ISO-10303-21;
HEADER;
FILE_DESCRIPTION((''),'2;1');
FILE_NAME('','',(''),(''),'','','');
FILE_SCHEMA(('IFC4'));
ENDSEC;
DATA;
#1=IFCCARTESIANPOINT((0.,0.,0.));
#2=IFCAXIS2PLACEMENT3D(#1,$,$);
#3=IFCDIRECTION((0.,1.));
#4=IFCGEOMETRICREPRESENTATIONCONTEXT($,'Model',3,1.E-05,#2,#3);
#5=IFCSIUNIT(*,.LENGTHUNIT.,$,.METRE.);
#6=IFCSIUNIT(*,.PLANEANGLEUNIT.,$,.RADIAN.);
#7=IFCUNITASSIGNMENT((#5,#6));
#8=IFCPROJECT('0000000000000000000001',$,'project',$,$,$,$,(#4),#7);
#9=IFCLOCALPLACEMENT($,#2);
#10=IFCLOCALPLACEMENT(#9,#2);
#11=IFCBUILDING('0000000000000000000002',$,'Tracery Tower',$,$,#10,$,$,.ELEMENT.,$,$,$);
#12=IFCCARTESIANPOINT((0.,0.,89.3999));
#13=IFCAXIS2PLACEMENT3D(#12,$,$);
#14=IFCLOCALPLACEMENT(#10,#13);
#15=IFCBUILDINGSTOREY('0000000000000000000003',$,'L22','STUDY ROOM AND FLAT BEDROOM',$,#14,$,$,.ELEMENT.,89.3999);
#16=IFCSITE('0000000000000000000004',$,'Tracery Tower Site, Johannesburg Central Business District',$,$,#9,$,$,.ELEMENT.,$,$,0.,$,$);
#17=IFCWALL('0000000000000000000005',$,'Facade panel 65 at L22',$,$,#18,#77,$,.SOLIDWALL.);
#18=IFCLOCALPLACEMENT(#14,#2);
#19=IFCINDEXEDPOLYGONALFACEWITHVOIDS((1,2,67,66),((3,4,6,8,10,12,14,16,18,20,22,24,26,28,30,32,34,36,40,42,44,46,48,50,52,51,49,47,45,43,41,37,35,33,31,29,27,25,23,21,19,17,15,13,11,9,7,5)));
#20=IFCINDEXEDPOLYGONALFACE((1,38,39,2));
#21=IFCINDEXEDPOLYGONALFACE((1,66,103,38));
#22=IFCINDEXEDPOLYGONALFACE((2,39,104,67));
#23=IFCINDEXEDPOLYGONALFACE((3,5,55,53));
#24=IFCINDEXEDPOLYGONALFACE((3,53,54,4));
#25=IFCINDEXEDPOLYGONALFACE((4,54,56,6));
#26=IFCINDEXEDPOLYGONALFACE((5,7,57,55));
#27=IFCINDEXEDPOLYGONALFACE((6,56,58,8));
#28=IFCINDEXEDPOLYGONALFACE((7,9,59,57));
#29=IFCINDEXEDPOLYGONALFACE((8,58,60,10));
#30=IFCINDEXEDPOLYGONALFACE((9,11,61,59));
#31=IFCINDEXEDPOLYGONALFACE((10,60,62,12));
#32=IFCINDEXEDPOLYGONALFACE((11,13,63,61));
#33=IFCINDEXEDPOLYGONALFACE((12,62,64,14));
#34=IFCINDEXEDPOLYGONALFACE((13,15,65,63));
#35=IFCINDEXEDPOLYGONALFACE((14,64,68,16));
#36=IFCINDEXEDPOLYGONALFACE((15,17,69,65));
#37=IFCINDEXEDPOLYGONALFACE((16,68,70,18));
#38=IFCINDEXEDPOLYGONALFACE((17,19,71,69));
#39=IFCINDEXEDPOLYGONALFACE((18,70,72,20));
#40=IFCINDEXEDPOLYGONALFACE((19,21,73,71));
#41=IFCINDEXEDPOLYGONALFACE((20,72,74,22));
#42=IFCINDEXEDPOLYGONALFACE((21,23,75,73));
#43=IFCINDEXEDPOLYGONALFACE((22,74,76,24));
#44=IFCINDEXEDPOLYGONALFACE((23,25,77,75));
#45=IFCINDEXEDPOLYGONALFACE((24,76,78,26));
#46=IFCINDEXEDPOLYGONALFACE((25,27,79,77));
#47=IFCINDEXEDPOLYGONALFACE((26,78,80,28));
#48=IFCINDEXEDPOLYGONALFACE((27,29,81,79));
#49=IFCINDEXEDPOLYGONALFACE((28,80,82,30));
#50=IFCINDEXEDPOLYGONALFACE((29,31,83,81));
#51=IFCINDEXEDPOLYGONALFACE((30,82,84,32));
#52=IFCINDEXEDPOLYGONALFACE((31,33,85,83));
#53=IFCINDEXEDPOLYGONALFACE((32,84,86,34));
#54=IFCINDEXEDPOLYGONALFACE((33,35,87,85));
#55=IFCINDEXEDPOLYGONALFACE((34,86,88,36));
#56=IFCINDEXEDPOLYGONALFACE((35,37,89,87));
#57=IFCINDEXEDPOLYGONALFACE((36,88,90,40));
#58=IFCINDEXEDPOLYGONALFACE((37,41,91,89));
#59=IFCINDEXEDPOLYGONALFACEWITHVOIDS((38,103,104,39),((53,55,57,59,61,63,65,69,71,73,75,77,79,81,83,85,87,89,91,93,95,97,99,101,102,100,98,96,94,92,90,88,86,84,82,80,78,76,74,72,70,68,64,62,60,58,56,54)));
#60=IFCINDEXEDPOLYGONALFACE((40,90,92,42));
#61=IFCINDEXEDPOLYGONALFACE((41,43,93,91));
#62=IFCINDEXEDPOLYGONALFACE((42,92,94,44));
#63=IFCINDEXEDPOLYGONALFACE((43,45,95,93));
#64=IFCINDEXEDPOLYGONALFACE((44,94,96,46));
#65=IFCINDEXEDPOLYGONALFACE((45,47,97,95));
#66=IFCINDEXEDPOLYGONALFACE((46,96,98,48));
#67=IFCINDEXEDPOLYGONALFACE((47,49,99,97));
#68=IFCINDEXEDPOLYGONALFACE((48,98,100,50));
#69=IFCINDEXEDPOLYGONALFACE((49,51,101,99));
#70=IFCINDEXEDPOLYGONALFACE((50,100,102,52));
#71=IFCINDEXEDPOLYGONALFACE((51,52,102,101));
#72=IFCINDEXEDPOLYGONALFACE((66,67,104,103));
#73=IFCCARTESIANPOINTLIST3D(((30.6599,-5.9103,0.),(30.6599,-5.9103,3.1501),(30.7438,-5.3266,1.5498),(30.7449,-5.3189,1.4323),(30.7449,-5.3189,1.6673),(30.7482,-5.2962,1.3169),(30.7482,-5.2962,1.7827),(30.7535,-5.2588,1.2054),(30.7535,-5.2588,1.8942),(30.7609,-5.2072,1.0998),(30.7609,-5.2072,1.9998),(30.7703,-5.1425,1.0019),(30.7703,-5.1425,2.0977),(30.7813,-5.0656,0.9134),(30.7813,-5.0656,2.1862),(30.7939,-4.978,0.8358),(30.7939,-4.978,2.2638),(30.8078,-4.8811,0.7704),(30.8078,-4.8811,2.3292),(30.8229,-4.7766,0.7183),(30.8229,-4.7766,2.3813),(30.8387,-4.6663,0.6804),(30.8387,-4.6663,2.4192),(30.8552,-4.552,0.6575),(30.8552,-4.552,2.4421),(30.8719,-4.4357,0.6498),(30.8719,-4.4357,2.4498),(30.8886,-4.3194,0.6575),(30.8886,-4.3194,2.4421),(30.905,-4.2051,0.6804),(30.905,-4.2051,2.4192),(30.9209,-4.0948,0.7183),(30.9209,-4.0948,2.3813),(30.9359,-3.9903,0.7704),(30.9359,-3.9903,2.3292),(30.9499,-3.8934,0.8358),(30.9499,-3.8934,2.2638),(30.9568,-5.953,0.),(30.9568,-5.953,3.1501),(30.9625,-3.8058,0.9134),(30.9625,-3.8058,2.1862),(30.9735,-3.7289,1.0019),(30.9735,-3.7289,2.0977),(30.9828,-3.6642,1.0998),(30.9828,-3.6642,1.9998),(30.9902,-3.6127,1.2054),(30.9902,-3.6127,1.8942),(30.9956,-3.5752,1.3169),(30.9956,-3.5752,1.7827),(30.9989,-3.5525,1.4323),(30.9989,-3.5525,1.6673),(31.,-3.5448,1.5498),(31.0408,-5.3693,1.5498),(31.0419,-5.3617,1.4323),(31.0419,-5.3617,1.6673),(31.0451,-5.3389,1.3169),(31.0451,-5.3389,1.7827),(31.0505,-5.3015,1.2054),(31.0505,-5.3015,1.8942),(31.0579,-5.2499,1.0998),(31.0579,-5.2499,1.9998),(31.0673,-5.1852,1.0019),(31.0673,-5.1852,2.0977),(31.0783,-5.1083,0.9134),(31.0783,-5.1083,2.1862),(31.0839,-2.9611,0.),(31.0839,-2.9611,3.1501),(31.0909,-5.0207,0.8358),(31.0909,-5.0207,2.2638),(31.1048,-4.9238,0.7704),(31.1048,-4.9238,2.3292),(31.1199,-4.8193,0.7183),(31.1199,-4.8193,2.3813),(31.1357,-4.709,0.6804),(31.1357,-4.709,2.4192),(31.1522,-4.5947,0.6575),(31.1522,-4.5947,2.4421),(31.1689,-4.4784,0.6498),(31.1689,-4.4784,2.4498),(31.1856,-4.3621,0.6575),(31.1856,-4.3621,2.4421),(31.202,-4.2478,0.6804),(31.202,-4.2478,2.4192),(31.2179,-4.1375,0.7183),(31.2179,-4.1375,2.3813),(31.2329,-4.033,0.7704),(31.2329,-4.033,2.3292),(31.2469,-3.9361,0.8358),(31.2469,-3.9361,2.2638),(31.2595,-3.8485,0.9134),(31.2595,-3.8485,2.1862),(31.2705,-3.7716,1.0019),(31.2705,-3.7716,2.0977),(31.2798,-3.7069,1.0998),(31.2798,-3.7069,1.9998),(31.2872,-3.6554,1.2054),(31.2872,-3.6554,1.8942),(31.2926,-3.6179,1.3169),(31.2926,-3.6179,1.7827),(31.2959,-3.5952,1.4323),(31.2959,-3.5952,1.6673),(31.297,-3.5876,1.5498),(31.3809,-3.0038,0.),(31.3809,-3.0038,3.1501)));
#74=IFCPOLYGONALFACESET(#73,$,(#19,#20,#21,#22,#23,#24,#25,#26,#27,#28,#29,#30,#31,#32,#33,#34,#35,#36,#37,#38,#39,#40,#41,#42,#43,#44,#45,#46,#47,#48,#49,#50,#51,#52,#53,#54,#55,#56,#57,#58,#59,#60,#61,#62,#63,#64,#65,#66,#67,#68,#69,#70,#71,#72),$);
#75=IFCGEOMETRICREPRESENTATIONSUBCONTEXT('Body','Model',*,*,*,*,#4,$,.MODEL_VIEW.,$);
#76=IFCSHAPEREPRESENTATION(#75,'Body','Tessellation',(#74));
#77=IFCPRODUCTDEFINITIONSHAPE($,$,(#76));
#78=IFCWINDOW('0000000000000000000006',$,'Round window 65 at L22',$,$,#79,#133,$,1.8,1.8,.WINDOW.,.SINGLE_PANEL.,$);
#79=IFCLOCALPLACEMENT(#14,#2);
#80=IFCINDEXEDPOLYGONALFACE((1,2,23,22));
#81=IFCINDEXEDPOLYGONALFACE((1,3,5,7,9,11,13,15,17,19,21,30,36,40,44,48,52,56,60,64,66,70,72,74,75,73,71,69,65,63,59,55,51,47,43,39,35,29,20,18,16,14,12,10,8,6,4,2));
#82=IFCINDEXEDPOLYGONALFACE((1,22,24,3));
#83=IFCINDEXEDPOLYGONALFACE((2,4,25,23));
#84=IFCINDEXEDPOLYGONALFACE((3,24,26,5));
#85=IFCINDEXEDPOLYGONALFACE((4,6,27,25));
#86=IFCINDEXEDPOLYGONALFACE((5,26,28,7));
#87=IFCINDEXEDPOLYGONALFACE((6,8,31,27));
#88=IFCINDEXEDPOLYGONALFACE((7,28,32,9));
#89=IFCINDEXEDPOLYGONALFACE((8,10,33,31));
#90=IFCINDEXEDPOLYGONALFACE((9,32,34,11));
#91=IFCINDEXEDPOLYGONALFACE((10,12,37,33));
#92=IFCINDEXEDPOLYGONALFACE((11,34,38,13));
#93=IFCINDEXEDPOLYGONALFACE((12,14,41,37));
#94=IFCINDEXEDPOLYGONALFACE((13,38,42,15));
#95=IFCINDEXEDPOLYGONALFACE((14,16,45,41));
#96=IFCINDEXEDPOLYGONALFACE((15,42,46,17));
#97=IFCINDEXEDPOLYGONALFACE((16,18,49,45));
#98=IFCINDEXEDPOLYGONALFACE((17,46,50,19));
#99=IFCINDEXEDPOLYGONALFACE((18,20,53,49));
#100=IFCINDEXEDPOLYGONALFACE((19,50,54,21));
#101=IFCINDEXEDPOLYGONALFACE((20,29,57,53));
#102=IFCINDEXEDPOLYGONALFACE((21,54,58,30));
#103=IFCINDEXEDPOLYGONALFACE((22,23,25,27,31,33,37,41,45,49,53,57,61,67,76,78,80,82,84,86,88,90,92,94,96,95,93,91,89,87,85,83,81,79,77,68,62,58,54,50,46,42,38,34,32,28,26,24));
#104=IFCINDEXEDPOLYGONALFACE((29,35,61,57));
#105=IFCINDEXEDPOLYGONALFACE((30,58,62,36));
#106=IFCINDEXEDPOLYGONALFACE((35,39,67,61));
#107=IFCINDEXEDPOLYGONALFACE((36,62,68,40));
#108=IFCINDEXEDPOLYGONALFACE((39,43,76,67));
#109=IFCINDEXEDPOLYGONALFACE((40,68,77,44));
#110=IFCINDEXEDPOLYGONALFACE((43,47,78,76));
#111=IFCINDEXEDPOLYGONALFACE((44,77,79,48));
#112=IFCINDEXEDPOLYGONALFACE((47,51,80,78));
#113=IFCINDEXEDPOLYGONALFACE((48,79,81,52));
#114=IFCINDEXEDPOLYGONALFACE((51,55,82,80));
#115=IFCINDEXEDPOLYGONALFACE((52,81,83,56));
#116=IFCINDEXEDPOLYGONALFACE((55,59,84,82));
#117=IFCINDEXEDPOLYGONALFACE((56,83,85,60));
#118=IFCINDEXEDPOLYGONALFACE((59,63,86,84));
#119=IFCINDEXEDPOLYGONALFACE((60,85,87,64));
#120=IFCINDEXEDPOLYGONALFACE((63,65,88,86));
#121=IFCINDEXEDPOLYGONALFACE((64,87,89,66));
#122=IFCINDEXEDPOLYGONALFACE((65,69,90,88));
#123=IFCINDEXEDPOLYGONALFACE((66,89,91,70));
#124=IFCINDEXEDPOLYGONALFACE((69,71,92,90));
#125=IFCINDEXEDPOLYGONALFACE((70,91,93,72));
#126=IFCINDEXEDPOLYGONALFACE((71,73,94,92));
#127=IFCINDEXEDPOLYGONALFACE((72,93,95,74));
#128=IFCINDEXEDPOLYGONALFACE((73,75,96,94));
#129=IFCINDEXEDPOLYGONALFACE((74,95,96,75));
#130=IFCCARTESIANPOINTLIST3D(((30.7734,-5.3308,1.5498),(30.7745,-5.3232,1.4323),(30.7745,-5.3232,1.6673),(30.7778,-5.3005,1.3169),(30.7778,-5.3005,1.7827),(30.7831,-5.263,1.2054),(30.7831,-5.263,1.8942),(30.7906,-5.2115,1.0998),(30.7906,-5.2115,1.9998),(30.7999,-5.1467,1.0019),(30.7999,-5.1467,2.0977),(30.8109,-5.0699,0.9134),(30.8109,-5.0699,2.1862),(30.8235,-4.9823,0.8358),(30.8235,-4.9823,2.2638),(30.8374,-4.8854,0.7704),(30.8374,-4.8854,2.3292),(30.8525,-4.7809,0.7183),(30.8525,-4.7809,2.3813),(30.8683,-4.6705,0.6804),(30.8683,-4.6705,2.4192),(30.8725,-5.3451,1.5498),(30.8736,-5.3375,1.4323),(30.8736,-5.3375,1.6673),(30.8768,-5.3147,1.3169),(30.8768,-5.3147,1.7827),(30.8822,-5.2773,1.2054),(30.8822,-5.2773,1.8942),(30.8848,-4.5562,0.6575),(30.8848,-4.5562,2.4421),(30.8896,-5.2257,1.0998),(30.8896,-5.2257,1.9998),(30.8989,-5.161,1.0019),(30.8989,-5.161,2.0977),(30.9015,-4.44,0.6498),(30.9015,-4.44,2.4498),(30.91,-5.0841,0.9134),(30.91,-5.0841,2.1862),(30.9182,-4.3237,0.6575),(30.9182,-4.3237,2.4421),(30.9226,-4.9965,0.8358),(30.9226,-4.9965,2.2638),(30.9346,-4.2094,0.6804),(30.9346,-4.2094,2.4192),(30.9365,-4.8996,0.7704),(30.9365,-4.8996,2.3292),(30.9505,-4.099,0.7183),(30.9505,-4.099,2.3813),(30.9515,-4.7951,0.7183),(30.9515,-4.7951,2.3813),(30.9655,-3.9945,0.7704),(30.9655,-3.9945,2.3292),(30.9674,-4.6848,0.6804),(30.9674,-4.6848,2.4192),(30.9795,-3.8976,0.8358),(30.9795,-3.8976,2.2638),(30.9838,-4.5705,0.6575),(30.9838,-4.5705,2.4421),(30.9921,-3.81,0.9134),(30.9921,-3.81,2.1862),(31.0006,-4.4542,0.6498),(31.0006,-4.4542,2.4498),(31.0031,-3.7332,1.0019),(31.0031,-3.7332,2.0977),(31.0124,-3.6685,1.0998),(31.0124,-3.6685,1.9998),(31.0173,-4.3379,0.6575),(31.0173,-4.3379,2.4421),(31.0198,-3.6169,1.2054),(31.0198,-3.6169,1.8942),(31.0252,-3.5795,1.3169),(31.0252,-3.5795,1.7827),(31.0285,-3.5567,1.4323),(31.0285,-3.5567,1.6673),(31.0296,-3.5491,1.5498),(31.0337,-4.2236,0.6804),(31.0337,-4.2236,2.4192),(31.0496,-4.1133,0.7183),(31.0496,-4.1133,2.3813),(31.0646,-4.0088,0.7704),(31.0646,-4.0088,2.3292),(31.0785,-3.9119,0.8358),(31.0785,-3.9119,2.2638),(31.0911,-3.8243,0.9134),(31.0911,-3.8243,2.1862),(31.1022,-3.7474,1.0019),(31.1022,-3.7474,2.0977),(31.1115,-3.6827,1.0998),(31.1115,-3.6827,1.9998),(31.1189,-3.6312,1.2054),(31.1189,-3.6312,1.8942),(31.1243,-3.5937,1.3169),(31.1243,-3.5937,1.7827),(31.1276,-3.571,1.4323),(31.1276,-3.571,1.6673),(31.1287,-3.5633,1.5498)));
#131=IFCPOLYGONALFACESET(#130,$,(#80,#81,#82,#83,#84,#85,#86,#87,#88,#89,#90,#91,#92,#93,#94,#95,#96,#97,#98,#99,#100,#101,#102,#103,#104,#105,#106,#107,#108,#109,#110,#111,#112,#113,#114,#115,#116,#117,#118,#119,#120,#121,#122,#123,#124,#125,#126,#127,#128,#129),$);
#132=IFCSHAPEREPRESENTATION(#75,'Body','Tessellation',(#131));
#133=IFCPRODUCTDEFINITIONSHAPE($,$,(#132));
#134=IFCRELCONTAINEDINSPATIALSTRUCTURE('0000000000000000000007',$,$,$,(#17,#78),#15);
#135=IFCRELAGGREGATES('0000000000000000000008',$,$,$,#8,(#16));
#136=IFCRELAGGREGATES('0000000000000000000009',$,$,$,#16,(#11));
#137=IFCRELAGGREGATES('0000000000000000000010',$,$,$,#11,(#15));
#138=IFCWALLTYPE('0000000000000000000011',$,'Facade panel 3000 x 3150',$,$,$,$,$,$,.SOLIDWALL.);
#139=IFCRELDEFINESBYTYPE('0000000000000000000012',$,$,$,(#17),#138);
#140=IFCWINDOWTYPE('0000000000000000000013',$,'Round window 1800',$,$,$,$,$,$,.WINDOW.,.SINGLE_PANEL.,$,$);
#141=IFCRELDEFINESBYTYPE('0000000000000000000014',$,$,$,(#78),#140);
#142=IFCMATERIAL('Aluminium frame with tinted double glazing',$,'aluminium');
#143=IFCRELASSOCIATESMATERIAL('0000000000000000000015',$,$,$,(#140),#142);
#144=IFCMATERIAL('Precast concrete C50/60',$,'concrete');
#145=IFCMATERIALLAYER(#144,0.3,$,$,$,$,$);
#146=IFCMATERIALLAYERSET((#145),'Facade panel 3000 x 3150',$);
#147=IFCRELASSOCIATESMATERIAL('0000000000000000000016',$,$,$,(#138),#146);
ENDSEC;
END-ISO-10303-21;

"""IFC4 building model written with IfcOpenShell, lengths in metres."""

from ifc_helpers import new_model, si_unit, direction, frame, frame_2d, origin, origin_2d, place, context, subcontext, project, spatial, rectangle, circle, extrude, material, layer, layer_set, type_object, element, fill, save


model = new_model("IFC4")

# Units and contexts
model_context = context("Model", 3, precision=1e-05, world=origin(), true_north=direction((0.0, 1.0)))
body_context = subcontext(model_context, "Body", "Model", "MODEL_VIEW")
ifc_project = project(units=[si_unit("LENGTHUNIT", "METRE"), si_unit("PLANEANGLEUNIT", "RADIAN")], contexts=[model_context])

# Site, building, storey
site_placement = place(None, origin())
site = spatial("IfcSite", under=ifc_project, at=site_placement, Name="Tracery Tower Site, Johannesburg Central Business District", CompositionType="ELEMENT", RefElevation=0.0)
building_placement = place(site_placement, origin())
building = spatial("IfcBuilding", under=site, at=building_placement, Name="Tracery Tower", CompositionType="ELEMENT")
storey_placement = place(building_placement, frame((0.0, 0.0, 89.3999)))
storey = spatial("IfcBuildingStorey", under=building, at=storey_placement, Name="L22", Description="STUDY ROOM AND FLAT BEDROOM", CompositionType="ELEMENT", Elevation=89.3999)

# Wall, opening, window
ifc_material_1 = material(Name="Aluminium frame with tinted double glazing", Category="aluminium")
window_type = type_object("IfcWindowType", Name="Round window 1800", PartitioningType="SINGLE_PANEL", PredefinedType="WINDOW", material=ifc_material_1)
ifc_material_2 = material(Name="Precast concrete C50/60", Category="concrete")
ifc_layer_1 = layer(ifc_material_2, 0.3)
ifc_layer_set_1 = layer_set([ifc_layer_1], Name="Facade panel 3000 x 3150")
wall_type_1 = type_object("IfcWallType", Name="Facade panel 3000 x 3150", PredefinedType="SOLIDWALL", material=ifc_layer_set_1)
wall_1_placement = place(storey_placement, frame((30.8083, -5.9316, 0.0), z_axis=(0.0, 0.0, 1.0), x_axis=(0.142328, 0.98982, 0.0)))
wall_1 = element("IfcWall", 1, at=wall_1_placement, inside=storey, type_object=wall_type_1, Name="Facade panel 65 at L22", PredefinedType="SOLIDWALL", context=body_context, shape_type="SweptSolid", body=[
    extrude(rectangle(XDim=2.9795, YDim=0.3, at=frame_2d((1.4897, 0.0))), origin(), (0.0, 0.0, 1.0), 3.1501),
])
opening_1_placement = place(wall_1_placement, frame((1.4897, 0.0, 1.5498)))
opening_1 = element("IfcOpeningElement", 2, at=opening_1_placement, cuts=wall_1, PredefinedType="OPENING", context=body_context, shape_type="SweptSolid", body=[
    extrude(circle(Radius=0.9, at=origin_2d()), frame((0.0, 0.1599, 0.0), z_axis=(0.0, -1.0, 0.0), x_axis=(1.0, 0.0, 0.0)), (0.0, 0.0, 1.0), 0.3201),
])
window_1_placement = place(opening_1_placement, origin())
window_1 = element("IfcWindow", 3, at=window_1_placement, inside=storey, type_object=window_type, Name="Round window 65 at L22", OverallHeight=1.8, OverallWidth=1.8, PartitioningType="SINGLE_PANEL", PredefinedType="WINDOW", context=body_context, shape_type="SweptSolid", body=[
    extrude(circle(Radius=0.9, at=origin_2d()), frame((0.0, 0.1201, 0.0), z_axis=(0.0, -1.0, 0.0), x_axis=(1.0, 0.0, 0.0)), (0.0, 0.0, 1.0), 0.1001),
])
fill(opening_1, window_1)

save(model, "model.ifc")
